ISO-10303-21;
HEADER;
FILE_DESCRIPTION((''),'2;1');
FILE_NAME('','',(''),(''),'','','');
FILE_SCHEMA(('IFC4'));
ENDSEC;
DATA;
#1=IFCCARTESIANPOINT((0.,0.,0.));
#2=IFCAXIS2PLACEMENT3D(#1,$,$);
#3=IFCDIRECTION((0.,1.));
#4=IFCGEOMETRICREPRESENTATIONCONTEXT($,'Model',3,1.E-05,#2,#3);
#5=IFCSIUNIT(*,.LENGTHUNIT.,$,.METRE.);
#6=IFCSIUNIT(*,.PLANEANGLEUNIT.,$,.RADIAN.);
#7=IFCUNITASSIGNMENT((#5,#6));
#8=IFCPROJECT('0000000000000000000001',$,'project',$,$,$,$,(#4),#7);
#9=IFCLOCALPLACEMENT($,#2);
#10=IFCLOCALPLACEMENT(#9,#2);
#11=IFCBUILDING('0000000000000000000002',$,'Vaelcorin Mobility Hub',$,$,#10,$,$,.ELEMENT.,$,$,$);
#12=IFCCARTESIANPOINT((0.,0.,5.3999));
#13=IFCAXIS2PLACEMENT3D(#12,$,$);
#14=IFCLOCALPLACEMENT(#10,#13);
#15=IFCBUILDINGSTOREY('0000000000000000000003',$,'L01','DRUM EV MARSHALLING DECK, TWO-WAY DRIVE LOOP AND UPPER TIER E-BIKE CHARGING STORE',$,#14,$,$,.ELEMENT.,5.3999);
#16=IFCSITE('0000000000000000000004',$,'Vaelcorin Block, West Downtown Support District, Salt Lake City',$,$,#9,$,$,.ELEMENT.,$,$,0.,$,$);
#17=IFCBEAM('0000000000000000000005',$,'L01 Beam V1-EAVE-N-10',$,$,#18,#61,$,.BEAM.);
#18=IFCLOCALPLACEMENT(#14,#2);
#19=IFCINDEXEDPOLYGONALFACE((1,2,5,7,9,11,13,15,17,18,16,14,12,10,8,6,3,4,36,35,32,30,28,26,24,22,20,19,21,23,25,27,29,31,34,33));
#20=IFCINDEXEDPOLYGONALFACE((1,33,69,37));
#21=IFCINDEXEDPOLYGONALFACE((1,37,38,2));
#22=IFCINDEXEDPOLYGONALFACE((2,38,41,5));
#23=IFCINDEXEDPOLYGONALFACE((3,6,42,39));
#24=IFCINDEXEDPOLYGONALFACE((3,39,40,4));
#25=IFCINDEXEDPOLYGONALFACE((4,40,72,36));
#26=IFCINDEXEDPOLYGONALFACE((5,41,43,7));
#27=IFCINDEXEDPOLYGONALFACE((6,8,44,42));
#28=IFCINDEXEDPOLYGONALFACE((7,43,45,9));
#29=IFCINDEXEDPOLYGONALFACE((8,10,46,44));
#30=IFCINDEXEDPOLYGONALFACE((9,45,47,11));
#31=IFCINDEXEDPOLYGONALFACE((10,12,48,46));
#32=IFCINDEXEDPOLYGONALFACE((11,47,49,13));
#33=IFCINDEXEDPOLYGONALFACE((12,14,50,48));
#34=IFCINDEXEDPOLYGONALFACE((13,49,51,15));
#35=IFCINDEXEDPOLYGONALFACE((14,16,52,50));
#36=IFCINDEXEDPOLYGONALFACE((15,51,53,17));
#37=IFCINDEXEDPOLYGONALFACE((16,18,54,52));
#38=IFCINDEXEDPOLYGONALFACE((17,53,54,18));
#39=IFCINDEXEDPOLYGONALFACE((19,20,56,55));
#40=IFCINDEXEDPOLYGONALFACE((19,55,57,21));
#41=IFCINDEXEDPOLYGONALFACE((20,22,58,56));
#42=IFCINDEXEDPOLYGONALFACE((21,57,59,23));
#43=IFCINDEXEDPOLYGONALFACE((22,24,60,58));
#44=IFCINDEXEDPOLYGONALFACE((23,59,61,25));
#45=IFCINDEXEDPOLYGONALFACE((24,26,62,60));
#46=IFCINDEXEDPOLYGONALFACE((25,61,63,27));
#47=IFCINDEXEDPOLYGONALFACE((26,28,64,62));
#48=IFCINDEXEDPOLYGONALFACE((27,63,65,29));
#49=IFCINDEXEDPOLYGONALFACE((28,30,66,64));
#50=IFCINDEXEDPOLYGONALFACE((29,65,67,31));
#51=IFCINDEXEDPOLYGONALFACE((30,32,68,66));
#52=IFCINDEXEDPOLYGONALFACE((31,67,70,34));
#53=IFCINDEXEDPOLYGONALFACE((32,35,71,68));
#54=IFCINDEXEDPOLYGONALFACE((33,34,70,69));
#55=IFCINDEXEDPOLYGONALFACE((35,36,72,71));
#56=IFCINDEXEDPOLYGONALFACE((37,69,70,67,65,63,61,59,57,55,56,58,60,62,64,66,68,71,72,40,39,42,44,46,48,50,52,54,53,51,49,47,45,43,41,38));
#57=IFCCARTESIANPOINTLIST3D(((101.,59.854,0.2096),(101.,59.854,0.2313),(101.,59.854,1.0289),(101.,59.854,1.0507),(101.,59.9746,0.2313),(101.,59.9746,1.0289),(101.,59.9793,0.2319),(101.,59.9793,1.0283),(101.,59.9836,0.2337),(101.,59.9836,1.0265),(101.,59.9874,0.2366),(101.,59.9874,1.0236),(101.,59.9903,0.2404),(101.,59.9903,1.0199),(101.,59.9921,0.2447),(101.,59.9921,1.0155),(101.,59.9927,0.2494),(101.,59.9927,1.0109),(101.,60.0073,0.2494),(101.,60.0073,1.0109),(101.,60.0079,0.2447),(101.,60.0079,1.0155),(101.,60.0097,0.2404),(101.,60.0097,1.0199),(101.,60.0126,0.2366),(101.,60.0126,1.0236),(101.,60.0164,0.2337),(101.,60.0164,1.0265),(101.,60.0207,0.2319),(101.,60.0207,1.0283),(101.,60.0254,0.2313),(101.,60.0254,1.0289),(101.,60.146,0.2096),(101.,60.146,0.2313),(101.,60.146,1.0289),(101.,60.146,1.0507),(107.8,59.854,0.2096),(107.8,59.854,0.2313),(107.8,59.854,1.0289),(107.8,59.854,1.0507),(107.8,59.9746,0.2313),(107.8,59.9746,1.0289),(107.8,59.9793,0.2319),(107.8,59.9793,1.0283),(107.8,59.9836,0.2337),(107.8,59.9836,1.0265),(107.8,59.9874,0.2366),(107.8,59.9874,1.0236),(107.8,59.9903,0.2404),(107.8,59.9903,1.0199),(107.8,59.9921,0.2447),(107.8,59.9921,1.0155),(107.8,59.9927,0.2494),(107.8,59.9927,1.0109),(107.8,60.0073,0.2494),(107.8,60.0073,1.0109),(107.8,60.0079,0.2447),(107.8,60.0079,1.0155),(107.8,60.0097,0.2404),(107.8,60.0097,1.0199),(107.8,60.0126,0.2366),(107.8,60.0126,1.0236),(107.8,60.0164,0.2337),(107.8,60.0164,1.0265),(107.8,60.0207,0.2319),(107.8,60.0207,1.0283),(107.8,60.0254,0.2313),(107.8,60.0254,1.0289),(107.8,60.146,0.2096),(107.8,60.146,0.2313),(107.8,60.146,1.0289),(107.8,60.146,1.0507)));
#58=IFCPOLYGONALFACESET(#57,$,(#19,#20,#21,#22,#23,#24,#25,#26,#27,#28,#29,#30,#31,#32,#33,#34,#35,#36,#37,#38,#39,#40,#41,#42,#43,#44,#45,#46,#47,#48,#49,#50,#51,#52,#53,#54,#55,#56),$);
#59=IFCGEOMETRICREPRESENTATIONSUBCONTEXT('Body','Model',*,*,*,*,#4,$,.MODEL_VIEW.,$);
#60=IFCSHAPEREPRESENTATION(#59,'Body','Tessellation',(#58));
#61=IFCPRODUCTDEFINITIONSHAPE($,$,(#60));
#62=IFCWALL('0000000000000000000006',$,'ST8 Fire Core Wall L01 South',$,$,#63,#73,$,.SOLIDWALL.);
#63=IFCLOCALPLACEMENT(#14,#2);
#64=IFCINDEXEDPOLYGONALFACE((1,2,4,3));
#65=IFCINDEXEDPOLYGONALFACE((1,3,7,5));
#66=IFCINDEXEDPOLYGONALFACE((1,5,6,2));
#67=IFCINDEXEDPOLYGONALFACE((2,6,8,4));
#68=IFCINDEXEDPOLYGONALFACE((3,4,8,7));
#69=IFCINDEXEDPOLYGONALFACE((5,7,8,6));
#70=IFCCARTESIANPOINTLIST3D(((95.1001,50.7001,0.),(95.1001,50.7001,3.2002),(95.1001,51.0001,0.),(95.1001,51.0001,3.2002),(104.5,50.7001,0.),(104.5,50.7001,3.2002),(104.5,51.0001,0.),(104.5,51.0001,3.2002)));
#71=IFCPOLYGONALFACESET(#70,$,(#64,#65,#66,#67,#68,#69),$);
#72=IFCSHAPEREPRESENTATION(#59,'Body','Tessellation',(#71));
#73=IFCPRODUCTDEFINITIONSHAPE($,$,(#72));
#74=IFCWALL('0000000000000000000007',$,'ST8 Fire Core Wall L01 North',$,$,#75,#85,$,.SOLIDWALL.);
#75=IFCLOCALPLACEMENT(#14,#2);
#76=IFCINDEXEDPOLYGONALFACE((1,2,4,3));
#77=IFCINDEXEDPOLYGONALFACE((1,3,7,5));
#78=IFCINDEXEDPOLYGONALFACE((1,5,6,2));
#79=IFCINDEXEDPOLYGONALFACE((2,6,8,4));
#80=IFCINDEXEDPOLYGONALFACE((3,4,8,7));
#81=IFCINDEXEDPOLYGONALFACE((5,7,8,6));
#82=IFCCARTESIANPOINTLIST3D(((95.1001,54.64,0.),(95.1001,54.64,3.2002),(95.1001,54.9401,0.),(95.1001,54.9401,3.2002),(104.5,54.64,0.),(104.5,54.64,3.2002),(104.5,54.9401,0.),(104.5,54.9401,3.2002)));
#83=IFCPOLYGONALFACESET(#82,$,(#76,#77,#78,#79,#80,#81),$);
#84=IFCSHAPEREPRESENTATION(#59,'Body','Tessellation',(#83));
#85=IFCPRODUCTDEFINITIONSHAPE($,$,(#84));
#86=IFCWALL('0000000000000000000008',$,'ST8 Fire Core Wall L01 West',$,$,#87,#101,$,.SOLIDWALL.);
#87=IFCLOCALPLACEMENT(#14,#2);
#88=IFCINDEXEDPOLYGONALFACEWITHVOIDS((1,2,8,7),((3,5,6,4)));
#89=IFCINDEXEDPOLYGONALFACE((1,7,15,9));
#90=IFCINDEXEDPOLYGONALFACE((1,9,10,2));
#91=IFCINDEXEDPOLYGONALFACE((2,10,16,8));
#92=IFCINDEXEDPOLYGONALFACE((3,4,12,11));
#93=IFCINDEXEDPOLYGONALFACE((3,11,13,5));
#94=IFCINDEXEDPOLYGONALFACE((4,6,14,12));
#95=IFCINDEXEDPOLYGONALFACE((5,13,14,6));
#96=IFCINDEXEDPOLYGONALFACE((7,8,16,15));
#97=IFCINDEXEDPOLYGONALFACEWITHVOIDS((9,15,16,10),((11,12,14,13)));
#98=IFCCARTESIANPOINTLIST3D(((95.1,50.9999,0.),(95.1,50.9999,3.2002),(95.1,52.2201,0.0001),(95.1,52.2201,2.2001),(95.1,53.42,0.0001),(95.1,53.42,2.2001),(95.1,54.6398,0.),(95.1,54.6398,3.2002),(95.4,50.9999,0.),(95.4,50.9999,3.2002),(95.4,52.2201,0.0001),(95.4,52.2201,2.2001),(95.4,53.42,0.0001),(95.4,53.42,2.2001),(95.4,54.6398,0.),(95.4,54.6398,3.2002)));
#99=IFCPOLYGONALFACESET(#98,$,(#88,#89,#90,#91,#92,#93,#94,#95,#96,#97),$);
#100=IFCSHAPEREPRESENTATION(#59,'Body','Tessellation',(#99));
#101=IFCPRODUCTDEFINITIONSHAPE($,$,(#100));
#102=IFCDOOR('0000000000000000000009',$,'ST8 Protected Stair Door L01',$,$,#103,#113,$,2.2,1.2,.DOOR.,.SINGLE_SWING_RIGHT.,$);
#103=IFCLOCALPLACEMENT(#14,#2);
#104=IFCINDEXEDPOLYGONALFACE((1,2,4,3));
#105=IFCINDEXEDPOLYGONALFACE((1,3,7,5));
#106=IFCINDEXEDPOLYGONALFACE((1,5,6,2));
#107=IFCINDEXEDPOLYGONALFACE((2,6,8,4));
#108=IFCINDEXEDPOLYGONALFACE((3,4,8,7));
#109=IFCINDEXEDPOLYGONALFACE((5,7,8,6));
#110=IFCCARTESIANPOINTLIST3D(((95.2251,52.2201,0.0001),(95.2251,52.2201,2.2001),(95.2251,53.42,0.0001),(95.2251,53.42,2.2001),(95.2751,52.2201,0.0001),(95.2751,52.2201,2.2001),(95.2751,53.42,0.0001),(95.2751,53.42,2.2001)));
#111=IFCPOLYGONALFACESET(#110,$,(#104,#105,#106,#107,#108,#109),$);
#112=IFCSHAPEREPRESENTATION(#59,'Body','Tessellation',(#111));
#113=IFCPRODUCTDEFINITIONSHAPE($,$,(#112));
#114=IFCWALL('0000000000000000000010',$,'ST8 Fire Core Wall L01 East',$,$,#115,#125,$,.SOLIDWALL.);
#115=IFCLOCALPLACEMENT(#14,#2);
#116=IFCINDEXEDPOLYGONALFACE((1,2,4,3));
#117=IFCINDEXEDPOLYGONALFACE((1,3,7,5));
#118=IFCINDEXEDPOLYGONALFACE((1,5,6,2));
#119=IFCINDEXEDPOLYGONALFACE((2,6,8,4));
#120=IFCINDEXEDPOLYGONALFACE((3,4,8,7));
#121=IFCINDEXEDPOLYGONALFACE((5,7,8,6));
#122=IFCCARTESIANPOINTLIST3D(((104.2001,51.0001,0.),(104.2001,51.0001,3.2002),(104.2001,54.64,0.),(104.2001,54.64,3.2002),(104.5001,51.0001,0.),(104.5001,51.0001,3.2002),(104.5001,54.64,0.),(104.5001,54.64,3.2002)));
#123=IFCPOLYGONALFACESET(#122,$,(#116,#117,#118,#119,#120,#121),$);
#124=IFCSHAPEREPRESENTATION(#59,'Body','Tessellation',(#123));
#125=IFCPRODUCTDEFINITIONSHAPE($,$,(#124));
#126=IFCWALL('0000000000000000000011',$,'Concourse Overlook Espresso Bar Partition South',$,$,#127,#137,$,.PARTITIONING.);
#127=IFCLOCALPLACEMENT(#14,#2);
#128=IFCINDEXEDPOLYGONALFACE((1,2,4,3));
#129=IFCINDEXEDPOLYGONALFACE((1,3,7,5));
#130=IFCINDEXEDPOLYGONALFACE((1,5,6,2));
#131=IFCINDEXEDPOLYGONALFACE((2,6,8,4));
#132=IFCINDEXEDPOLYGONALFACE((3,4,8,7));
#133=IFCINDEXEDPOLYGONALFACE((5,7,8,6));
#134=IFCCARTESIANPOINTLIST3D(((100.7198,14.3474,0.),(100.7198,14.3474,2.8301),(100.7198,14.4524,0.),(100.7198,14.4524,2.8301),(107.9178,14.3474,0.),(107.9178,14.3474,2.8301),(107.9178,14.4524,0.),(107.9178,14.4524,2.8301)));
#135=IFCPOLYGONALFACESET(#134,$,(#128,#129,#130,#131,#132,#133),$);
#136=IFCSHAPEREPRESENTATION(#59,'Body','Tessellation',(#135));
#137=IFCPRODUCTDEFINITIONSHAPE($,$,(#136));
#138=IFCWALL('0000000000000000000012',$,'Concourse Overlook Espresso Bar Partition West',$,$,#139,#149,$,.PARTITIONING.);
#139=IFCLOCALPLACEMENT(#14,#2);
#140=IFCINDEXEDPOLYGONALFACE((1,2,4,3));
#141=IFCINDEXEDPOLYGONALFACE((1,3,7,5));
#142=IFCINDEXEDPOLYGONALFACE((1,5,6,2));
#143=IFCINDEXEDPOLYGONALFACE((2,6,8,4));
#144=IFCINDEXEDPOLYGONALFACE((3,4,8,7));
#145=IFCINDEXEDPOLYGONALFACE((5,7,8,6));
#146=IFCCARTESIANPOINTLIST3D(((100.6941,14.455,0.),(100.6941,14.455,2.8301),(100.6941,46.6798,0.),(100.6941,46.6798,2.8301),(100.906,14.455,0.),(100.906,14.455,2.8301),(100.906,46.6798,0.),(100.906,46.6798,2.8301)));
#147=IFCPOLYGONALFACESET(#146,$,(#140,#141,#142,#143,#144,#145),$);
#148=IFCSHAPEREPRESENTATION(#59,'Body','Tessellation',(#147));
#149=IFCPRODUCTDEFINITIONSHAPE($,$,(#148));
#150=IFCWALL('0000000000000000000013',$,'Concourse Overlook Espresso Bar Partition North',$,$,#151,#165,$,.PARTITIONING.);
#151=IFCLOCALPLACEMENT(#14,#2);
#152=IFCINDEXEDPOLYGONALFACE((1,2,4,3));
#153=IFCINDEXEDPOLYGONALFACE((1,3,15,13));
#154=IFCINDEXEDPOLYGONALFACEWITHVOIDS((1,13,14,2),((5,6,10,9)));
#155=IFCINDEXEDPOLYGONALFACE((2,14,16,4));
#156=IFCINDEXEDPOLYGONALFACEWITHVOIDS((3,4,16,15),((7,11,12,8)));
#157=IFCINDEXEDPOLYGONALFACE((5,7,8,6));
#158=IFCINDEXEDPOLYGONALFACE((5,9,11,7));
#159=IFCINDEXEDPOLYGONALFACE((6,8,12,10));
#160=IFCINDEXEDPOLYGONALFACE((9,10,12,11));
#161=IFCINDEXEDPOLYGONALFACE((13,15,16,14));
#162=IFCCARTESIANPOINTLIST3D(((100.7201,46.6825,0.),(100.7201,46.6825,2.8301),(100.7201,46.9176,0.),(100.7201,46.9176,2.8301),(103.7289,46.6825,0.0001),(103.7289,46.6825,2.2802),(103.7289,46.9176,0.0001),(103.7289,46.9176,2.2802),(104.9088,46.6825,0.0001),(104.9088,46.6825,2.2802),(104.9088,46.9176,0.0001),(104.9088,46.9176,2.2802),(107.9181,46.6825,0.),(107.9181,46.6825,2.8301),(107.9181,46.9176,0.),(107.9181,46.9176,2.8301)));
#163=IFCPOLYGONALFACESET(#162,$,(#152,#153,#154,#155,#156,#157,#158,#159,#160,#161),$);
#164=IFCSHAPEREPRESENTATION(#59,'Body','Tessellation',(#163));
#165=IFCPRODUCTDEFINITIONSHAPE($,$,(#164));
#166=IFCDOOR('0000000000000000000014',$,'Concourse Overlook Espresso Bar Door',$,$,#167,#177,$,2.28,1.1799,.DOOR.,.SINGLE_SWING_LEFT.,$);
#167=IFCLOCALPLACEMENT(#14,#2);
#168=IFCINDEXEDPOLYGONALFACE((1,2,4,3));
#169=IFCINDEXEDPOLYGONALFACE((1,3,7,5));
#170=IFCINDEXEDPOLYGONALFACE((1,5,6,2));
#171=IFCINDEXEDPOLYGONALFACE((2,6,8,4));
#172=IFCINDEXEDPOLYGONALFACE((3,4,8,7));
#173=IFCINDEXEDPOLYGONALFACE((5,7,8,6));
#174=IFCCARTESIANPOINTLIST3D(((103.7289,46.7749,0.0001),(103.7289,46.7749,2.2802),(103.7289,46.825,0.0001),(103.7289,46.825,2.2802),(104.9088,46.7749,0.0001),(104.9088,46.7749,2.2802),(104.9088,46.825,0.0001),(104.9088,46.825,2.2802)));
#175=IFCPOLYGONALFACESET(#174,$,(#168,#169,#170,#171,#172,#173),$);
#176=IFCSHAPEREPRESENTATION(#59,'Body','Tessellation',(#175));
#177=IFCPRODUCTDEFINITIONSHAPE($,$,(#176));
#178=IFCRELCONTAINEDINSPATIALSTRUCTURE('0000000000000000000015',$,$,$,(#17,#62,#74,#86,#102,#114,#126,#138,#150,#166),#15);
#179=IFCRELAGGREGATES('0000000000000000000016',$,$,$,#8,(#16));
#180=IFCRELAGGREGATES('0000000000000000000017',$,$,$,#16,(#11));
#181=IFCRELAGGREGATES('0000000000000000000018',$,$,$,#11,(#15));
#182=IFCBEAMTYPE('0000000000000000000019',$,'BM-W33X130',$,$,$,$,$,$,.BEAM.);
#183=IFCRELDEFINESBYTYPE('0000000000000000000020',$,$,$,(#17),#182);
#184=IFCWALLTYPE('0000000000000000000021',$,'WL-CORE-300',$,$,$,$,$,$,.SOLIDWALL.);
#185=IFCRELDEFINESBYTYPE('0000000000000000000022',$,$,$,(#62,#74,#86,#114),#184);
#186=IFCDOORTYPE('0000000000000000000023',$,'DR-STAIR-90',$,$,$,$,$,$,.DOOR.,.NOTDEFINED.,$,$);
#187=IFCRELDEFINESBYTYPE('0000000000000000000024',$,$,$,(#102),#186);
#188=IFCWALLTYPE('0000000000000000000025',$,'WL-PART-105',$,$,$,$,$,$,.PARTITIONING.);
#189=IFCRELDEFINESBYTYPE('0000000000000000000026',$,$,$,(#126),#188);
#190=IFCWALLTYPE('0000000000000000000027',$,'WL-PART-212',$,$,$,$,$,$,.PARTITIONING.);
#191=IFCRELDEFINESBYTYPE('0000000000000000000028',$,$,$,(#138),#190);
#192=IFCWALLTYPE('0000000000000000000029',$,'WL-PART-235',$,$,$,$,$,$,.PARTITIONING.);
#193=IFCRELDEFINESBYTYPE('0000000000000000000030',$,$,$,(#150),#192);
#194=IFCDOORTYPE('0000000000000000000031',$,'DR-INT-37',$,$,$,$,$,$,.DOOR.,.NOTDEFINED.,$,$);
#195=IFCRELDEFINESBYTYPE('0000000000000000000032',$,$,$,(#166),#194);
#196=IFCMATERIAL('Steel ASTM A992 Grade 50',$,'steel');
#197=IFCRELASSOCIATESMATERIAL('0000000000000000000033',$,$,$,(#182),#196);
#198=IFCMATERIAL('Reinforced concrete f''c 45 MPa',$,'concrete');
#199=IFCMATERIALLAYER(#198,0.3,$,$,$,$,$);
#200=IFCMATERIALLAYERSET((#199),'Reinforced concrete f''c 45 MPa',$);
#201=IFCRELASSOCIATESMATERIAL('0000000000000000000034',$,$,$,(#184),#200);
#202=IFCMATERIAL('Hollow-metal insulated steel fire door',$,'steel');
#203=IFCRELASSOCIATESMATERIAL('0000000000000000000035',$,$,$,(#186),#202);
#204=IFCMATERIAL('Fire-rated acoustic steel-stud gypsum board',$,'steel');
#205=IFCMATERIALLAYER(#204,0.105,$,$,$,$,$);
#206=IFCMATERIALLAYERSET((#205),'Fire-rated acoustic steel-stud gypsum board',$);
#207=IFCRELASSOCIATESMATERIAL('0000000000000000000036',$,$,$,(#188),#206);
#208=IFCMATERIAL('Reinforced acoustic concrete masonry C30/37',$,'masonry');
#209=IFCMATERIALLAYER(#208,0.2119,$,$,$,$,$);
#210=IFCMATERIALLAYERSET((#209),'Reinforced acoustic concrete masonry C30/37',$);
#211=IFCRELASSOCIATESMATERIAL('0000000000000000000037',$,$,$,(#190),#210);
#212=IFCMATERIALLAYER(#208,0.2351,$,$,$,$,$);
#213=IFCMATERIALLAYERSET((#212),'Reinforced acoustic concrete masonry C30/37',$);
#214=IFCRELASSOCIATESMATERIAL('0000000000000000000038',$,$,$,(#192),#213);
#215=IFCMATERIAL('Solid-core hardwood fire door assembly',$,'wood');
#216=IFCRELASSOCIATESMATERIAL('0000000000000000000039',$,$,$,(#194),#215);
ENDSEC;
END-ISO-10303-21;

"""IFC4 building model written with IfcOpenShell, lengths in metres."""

from ifc_helpers import new_model, si_unit, direction, frame, frame_2d, origin, origin_2d, place, context, subcontext, project, spatial, rectangle, i_section, extrude, material, layer, layer_set, material_profile, profile_set, type_object, element, fill, save


model = new_model("IFC4")

# Units and contexts
model_context = context("Model", 3, precision=1e-05, world=origin(), true_north=direction((0.0, 1.0)))
body_context = subcontext(model_context, "Body", "Model", "MODEL_VIEW")
ifc_project = project(units=[si_unit("LENGTHUNIT", "METRE"), si_unit("PLANEANGLEUNIT", "RADIAN")], contexts=[model_context])

# Site, building, storey
site_placement = place(None, origin())
site = spatial("IfcSite", under=ifc_project, at=site_placement, Name="Vaelcorin Block, West Downtown Support District, Salt Lake City", CompositionType="ELEMENT", RefElevation=0.0)
building_placement = place(site_placement, origin())
building = spatial("IfcBuilding", under=site, at=building_placement, Name="Vaelcorin Mobility Hub", CompositionType="ELEMENT")
storey_placement = place(building_placement, frame((0.0, 0.0, 5.3999)))
storey = spatial("IfcBuildingStorey", under=building, at=storey_placement, Name="L01", Description="DRUM EV MARSHALLING DECK, TWO-WAY DRIVE LOOP AND UPPER TIER E-BIKE CHARGING STORE", CompositionType="ELEMENT", Elevation=5.3999)

# Shared definitions
ifc_material_1 = material(Name="Steel ASTM A992 Grade 50", Category="steel")

# Beam
ifc_material_profile_1 = material_profile(ifc_material_1, i_section(OverallWidth=0.292, OverallDepth=0.8411, WebThickness=0.0146, FlangeThickness=0.0217, FilletRadius=0.0181, at=origin_2d()), Name="W33X130")
ifc_profile_set_1 = profile_set([ifc_material_profile_1], Name="Steel ASTM A992 Grade 50")
beam_type_1 = type_object("IfcBeamType", Name="BM-W33X130", PredefinedType="BEAM", material=ifc_profile_set_1)
for number, where, z_axis, x_axis, name in (
    (1, (101.0, 60.0, 0.6301), (1.0, 0.0, 0.0), (0.0, 1.0, 0.0), "L01 Beam V1-EAVE-N-10"),
):
    element("IfcBeam", number, at=place(storey_placement, frame(where, z_axis=z_axis, x_axis=x_axis)), inside=storey, type_object=beam_type_1, Name=name, PredefinedType="BEAM", context=body_context, shape_type="SweptSolid", body=[
        extrude(i_section(OverallWidth=0.292, OverallDepth=0.8411, WebThickness=0.0146, FlangeThickness=0.0217, FilletRadius=0.0181, at=origin_2d()), origin(), (0.0, 0.0, 1.0), 6.8),
    ])

# Walls
ifc_material_2 = material(Name="Reinforced concrete f'c 45 MPa", Category="concrete")
ifc_layer_1 = layer(ifc_material_2, 0.3)
ifc_layer_set_1 = layer_set([ifc_layer_1], Name="Reinforced concrete f'c 45 MPa")
wall_type_1 = type_object("IfcWallType", Name="WL-CORE-300", PredefinedType="SOLIDWALL", material=ifc_layer_set_1)
for number, where, z_axis, x_axis, name in (
    (2, (104.5, 50.8501, 0.0), (0.0, 0.0, 1.0), (-1.0, 0.0, 0.0), "ST8 Fire Core Wall L01 South"),
    (3, (95.1001, 54.79, 0.0), (0.0, 0.0, 1.0), (1.0, 0.0, 0.0), "ST8 Fire Core Wall L01 North"),
):
    element("IfcWall", number, at=place(storey_placement, frame(where, z_axis=z_axis, x_axis=x_axis)), inside=storey, type_object=wall_type_1, Name=name, PredefinedType="SOLIDWALL", context=body_context, shape_type="SweptSolid", body=[
        extrude(rectangle(XDim=9.3999, YDim=0.3, at=frame_2d((4.7, 0.0))), origin(), (0.0, 0.0, 1.0), 3.2002),
    ])

# Wall, opening, door
wall_1_placement = place(storey_placement, frame((95.25, 51.0, 0.0), z_axis=(0.0, 0.0, 1.0), x_axis=(0.0, 1.0, 0.0)))
wall_1 = element("IfcWall", 4, at=wall_1_placement, inside=storey, type_object=wall_type_1, Name="ST8 Fire Core Wall L01 West", PredefinedType="SOLIDWALL", context=body_context, shape_type="SweptSolid", body=[
    extrude(rectangle(XDim=3.6399, YDim=0.3, at=frame_2d((1.8198, 0.0))), origin(), (0.0, 0.0, 1.0), 3.2002),
])
opening_1_placement = place(wall_1_placement, frame((1.22, 0.0, 0.0)))
opening_1 = element("IfcOpeningElement", 5, at=opening_1_placement, cuts=wall_1, PredefinedType="OPENING", context=body_context, shape_type="SweptSolid", body=[
    extrude(rectangle(XDim=1.2, YDim=2.2, at=frame_2d((0.6001, 1.1001))), frame((0.0, 0.1599, 0.0), z_axis=(0.0, -1.0, 0.0), x_axis=(1.0, 0.0, 0.0)), (0.0, 0.0, 1.0), 0.3201),
])
ifc_material_3 = material(Name="Hollow-metal insulated steel fire door", Category="steel")
door_type_1 = type_object("IfcDoorType", Name="DR-STAIR-90", OperationType="NOTDEFINED", PredefinedType="DOOR", material=ifc_material_3)
door_1_placement = place(opening_1_placement, origin())
door_1 = element("IfcDoor", 6, at=door_1_placement, inside=storey, type_object=door_type_1, Name="ST8 Protected Stair Door L01", OperationType="SINGLE_SWING_RIGHT", OverallHeight=2.2, OverallWidth=1.2, PredefinedType="DOOR", context=body_context, shape_type="SweptSolid", body=[
    extrude(rectangle(XDim=1.2, YDim=2.2, at=frame_2d((0.6001, 1.1001))), frame((0.0, 0.0249, 0.0), z_axis=(0.0, -1.0, 0.0), x_axis=(1.0, 0.0, 0.0)), (0.0, 0.0, 1.0), 0.05),
])
fill(opening_1, door_1)

# Walls
wall_2_placement = place(storey_placement, frame((104.3501, 54.6399, 0.0), z_axis=(0.0, 0.0, 1.0), x_axis=(0.0, -1.0, 0.0)))
element("IfcWall", 7, at=wall_2_placement, inside=storey, type_object=wall_type_1, Name="ST8 Fire Core Wall L01 East", PredefinedType="SOLIDWALL", context=body_context, shape_type="SweptSolid", body=[
    extrude(rectangle(XDim=3.6399, YDim=0.3, at=frame_2d((1.8198, 0.0))), origin(), (0.0, 0.0, 1.0), 3.2002),
])
ifc_material_4 = material(Name="Fire-rated acoustic steel-stud gypsum board", Category="steel")
ifc_layer_2 = layer(ifc_material_4, 0.105)
ifc_layer_set_2 = layer_set([ifc_layer_2], Name="Fire-rated acoustic steel-stud gypsum board")
wall_type_2 = type_object("IfcWallType", Name="WL-PART-105", PredefinedType="PARTITIONING", material=ifc_layer_set_2)
wall_3_placement = place(storey_placement, frame((107.918, 14.3999, 0.0), z_axis=(0.0, 0.0, 1.0), x_axis=(-1.0, 0.0, 0.0)))
element("IfcWall", 8, at=wall_3_placement, inside=storey, type_object=wall_type_2, Name="Concourse Overlook Espresso Bar Partition South", PredefinedType="PARTITIONING", context=body_context, shape_type="SweptSolid", body=[
    extrude(rectangle(XDim=7.198, YDim=0.105, at=frame_2d((3.5991, 0.0))), origin(), (0.0, 0.0, 1.0), 2.8301),
])
ifc_material_5 = material(Name="Reinforced acoustic concrete masonry C30/37", Category="masonry")
ifc_layer_3 = layer(ifc_material_5, 0.2119)
ifc_layer_set_3 = layer_set([ifc_layer_3], Name="Reinforced acoustic concrete masonry C30/37")
wall_type_3 = type_object("IfcWallType", Name="WL-PART-212", PredefinedType="PARTITIONING", material=ifc_layer_set_3)
wall_4_placement = place(storey_placement, frame((100.8, 14.4551, 0.0), z_axis=(0.0, 0.0, 1.0), x_axis=(0.0, 1.0, 0.0)))
element("IfcWall", 9, at=wall_4_placement, inside=storey, type_object=wall_type_3, Name="Concourse Overlook Espresso Bar Partition West", PredefinedType="PARTITIONING", context=body_context, shape_type="SweptSolid", body=[
    extrude(rectangle(XDim=32.2249, YDim=0.2119, at=frame_2d((16.1123, 0.0))), origin(), (0.0, 0.0, 1.0), 2.8301),
])

# Wall, opening, door
ifc_layer_4 = layer(ifc_material_5, 0.2351)
ifc_layer_set_4 = layer_set([ifc_layer_4], Name="Reinforced acoustic concrete masonry C30/37")
wall_type_4 = type_object("IfcWallType", Name="WL-PART-235", PredefinedType="PARTITIONING", material=ifc_layer_set_4)
wall_5_placement = place(storey_placement, frame((100.72, 46.8, 0.0), z_axis=(0.0, 0.0, 1.0), x_axis=(1.0, 0.0, 0.0)))
wall_5 = element("IfcWall", 10, at=wall_5_placement, inside=storey, type_object=wall_type_4, Name="Concourse Overlook Espresso Bar Partition North", PredefinedType="PARTITIONING", context=body_context, shape_type="SweptSolid", body=[
    extrude(rectangle(XDim=7.198, YDim=0.2351, at=frame_2d((3.5991, 0.0))), origin(), (0.0, 0.0, 1.0), 2.8301),
])
opening_2_placement = place(wall_5_placement, frame((3.009, 0.0, 0.0)))
opening_2 = element("IfcOpeningElement", 11, at=opening_2_placement, cuts=wall_5, PredefinedType="OPENING", context=body_context, shape_type="SweptSolid", body=[
    extrude(rectangle(XDim=1.1799, YDim=2.28, at=frame_2d((0.5898, 1.1401))), frame((0.0, 0.1274, 0.0), z_axis=(0.0, -1.0, 0.0), x_axis=(1.0, 0.0, 0.0)), (0.0, 0.0, 1.0), 0.2551),
])
ifc_material_6 = material(Name="Solid-core hardwood fire door assembly", Category="wood")
door_type_2 = type_object("IfcDoorType", Name="DR-INT-37", OperationType="NOTDEFINED", PredefinedType="DOOR", material=ifc_material_6)
door_2_placement = place(opening_2_placement, origin())
door_2 = element("IfcDoor", 12, at=door_2_placement, inside=storey, type_object=door_type_2, Name="Concourse Overlook Espresso Bar Door", OperationType="SINGLE_SWING_LEFT", OverallHeight=2.28, OverallWidth=1.1799, PredefinedType="DOOR", context=body_context, shape_type="SweptSolid", body=[
    extrude(rectangle(XDim=1.1799, YDim=2.28, at=frame_2d((0.5898, 1.1401))), frame((0.0, 0.0249, 0.0), z_axis=(0.0, -1.0, 0.0), x_axis=(1.0, 0.0, 0.0)), (0.0, 0.0, 1.0), 0.05),
])
fill(opening_2, door_2)

save(model, "model.ifc")
